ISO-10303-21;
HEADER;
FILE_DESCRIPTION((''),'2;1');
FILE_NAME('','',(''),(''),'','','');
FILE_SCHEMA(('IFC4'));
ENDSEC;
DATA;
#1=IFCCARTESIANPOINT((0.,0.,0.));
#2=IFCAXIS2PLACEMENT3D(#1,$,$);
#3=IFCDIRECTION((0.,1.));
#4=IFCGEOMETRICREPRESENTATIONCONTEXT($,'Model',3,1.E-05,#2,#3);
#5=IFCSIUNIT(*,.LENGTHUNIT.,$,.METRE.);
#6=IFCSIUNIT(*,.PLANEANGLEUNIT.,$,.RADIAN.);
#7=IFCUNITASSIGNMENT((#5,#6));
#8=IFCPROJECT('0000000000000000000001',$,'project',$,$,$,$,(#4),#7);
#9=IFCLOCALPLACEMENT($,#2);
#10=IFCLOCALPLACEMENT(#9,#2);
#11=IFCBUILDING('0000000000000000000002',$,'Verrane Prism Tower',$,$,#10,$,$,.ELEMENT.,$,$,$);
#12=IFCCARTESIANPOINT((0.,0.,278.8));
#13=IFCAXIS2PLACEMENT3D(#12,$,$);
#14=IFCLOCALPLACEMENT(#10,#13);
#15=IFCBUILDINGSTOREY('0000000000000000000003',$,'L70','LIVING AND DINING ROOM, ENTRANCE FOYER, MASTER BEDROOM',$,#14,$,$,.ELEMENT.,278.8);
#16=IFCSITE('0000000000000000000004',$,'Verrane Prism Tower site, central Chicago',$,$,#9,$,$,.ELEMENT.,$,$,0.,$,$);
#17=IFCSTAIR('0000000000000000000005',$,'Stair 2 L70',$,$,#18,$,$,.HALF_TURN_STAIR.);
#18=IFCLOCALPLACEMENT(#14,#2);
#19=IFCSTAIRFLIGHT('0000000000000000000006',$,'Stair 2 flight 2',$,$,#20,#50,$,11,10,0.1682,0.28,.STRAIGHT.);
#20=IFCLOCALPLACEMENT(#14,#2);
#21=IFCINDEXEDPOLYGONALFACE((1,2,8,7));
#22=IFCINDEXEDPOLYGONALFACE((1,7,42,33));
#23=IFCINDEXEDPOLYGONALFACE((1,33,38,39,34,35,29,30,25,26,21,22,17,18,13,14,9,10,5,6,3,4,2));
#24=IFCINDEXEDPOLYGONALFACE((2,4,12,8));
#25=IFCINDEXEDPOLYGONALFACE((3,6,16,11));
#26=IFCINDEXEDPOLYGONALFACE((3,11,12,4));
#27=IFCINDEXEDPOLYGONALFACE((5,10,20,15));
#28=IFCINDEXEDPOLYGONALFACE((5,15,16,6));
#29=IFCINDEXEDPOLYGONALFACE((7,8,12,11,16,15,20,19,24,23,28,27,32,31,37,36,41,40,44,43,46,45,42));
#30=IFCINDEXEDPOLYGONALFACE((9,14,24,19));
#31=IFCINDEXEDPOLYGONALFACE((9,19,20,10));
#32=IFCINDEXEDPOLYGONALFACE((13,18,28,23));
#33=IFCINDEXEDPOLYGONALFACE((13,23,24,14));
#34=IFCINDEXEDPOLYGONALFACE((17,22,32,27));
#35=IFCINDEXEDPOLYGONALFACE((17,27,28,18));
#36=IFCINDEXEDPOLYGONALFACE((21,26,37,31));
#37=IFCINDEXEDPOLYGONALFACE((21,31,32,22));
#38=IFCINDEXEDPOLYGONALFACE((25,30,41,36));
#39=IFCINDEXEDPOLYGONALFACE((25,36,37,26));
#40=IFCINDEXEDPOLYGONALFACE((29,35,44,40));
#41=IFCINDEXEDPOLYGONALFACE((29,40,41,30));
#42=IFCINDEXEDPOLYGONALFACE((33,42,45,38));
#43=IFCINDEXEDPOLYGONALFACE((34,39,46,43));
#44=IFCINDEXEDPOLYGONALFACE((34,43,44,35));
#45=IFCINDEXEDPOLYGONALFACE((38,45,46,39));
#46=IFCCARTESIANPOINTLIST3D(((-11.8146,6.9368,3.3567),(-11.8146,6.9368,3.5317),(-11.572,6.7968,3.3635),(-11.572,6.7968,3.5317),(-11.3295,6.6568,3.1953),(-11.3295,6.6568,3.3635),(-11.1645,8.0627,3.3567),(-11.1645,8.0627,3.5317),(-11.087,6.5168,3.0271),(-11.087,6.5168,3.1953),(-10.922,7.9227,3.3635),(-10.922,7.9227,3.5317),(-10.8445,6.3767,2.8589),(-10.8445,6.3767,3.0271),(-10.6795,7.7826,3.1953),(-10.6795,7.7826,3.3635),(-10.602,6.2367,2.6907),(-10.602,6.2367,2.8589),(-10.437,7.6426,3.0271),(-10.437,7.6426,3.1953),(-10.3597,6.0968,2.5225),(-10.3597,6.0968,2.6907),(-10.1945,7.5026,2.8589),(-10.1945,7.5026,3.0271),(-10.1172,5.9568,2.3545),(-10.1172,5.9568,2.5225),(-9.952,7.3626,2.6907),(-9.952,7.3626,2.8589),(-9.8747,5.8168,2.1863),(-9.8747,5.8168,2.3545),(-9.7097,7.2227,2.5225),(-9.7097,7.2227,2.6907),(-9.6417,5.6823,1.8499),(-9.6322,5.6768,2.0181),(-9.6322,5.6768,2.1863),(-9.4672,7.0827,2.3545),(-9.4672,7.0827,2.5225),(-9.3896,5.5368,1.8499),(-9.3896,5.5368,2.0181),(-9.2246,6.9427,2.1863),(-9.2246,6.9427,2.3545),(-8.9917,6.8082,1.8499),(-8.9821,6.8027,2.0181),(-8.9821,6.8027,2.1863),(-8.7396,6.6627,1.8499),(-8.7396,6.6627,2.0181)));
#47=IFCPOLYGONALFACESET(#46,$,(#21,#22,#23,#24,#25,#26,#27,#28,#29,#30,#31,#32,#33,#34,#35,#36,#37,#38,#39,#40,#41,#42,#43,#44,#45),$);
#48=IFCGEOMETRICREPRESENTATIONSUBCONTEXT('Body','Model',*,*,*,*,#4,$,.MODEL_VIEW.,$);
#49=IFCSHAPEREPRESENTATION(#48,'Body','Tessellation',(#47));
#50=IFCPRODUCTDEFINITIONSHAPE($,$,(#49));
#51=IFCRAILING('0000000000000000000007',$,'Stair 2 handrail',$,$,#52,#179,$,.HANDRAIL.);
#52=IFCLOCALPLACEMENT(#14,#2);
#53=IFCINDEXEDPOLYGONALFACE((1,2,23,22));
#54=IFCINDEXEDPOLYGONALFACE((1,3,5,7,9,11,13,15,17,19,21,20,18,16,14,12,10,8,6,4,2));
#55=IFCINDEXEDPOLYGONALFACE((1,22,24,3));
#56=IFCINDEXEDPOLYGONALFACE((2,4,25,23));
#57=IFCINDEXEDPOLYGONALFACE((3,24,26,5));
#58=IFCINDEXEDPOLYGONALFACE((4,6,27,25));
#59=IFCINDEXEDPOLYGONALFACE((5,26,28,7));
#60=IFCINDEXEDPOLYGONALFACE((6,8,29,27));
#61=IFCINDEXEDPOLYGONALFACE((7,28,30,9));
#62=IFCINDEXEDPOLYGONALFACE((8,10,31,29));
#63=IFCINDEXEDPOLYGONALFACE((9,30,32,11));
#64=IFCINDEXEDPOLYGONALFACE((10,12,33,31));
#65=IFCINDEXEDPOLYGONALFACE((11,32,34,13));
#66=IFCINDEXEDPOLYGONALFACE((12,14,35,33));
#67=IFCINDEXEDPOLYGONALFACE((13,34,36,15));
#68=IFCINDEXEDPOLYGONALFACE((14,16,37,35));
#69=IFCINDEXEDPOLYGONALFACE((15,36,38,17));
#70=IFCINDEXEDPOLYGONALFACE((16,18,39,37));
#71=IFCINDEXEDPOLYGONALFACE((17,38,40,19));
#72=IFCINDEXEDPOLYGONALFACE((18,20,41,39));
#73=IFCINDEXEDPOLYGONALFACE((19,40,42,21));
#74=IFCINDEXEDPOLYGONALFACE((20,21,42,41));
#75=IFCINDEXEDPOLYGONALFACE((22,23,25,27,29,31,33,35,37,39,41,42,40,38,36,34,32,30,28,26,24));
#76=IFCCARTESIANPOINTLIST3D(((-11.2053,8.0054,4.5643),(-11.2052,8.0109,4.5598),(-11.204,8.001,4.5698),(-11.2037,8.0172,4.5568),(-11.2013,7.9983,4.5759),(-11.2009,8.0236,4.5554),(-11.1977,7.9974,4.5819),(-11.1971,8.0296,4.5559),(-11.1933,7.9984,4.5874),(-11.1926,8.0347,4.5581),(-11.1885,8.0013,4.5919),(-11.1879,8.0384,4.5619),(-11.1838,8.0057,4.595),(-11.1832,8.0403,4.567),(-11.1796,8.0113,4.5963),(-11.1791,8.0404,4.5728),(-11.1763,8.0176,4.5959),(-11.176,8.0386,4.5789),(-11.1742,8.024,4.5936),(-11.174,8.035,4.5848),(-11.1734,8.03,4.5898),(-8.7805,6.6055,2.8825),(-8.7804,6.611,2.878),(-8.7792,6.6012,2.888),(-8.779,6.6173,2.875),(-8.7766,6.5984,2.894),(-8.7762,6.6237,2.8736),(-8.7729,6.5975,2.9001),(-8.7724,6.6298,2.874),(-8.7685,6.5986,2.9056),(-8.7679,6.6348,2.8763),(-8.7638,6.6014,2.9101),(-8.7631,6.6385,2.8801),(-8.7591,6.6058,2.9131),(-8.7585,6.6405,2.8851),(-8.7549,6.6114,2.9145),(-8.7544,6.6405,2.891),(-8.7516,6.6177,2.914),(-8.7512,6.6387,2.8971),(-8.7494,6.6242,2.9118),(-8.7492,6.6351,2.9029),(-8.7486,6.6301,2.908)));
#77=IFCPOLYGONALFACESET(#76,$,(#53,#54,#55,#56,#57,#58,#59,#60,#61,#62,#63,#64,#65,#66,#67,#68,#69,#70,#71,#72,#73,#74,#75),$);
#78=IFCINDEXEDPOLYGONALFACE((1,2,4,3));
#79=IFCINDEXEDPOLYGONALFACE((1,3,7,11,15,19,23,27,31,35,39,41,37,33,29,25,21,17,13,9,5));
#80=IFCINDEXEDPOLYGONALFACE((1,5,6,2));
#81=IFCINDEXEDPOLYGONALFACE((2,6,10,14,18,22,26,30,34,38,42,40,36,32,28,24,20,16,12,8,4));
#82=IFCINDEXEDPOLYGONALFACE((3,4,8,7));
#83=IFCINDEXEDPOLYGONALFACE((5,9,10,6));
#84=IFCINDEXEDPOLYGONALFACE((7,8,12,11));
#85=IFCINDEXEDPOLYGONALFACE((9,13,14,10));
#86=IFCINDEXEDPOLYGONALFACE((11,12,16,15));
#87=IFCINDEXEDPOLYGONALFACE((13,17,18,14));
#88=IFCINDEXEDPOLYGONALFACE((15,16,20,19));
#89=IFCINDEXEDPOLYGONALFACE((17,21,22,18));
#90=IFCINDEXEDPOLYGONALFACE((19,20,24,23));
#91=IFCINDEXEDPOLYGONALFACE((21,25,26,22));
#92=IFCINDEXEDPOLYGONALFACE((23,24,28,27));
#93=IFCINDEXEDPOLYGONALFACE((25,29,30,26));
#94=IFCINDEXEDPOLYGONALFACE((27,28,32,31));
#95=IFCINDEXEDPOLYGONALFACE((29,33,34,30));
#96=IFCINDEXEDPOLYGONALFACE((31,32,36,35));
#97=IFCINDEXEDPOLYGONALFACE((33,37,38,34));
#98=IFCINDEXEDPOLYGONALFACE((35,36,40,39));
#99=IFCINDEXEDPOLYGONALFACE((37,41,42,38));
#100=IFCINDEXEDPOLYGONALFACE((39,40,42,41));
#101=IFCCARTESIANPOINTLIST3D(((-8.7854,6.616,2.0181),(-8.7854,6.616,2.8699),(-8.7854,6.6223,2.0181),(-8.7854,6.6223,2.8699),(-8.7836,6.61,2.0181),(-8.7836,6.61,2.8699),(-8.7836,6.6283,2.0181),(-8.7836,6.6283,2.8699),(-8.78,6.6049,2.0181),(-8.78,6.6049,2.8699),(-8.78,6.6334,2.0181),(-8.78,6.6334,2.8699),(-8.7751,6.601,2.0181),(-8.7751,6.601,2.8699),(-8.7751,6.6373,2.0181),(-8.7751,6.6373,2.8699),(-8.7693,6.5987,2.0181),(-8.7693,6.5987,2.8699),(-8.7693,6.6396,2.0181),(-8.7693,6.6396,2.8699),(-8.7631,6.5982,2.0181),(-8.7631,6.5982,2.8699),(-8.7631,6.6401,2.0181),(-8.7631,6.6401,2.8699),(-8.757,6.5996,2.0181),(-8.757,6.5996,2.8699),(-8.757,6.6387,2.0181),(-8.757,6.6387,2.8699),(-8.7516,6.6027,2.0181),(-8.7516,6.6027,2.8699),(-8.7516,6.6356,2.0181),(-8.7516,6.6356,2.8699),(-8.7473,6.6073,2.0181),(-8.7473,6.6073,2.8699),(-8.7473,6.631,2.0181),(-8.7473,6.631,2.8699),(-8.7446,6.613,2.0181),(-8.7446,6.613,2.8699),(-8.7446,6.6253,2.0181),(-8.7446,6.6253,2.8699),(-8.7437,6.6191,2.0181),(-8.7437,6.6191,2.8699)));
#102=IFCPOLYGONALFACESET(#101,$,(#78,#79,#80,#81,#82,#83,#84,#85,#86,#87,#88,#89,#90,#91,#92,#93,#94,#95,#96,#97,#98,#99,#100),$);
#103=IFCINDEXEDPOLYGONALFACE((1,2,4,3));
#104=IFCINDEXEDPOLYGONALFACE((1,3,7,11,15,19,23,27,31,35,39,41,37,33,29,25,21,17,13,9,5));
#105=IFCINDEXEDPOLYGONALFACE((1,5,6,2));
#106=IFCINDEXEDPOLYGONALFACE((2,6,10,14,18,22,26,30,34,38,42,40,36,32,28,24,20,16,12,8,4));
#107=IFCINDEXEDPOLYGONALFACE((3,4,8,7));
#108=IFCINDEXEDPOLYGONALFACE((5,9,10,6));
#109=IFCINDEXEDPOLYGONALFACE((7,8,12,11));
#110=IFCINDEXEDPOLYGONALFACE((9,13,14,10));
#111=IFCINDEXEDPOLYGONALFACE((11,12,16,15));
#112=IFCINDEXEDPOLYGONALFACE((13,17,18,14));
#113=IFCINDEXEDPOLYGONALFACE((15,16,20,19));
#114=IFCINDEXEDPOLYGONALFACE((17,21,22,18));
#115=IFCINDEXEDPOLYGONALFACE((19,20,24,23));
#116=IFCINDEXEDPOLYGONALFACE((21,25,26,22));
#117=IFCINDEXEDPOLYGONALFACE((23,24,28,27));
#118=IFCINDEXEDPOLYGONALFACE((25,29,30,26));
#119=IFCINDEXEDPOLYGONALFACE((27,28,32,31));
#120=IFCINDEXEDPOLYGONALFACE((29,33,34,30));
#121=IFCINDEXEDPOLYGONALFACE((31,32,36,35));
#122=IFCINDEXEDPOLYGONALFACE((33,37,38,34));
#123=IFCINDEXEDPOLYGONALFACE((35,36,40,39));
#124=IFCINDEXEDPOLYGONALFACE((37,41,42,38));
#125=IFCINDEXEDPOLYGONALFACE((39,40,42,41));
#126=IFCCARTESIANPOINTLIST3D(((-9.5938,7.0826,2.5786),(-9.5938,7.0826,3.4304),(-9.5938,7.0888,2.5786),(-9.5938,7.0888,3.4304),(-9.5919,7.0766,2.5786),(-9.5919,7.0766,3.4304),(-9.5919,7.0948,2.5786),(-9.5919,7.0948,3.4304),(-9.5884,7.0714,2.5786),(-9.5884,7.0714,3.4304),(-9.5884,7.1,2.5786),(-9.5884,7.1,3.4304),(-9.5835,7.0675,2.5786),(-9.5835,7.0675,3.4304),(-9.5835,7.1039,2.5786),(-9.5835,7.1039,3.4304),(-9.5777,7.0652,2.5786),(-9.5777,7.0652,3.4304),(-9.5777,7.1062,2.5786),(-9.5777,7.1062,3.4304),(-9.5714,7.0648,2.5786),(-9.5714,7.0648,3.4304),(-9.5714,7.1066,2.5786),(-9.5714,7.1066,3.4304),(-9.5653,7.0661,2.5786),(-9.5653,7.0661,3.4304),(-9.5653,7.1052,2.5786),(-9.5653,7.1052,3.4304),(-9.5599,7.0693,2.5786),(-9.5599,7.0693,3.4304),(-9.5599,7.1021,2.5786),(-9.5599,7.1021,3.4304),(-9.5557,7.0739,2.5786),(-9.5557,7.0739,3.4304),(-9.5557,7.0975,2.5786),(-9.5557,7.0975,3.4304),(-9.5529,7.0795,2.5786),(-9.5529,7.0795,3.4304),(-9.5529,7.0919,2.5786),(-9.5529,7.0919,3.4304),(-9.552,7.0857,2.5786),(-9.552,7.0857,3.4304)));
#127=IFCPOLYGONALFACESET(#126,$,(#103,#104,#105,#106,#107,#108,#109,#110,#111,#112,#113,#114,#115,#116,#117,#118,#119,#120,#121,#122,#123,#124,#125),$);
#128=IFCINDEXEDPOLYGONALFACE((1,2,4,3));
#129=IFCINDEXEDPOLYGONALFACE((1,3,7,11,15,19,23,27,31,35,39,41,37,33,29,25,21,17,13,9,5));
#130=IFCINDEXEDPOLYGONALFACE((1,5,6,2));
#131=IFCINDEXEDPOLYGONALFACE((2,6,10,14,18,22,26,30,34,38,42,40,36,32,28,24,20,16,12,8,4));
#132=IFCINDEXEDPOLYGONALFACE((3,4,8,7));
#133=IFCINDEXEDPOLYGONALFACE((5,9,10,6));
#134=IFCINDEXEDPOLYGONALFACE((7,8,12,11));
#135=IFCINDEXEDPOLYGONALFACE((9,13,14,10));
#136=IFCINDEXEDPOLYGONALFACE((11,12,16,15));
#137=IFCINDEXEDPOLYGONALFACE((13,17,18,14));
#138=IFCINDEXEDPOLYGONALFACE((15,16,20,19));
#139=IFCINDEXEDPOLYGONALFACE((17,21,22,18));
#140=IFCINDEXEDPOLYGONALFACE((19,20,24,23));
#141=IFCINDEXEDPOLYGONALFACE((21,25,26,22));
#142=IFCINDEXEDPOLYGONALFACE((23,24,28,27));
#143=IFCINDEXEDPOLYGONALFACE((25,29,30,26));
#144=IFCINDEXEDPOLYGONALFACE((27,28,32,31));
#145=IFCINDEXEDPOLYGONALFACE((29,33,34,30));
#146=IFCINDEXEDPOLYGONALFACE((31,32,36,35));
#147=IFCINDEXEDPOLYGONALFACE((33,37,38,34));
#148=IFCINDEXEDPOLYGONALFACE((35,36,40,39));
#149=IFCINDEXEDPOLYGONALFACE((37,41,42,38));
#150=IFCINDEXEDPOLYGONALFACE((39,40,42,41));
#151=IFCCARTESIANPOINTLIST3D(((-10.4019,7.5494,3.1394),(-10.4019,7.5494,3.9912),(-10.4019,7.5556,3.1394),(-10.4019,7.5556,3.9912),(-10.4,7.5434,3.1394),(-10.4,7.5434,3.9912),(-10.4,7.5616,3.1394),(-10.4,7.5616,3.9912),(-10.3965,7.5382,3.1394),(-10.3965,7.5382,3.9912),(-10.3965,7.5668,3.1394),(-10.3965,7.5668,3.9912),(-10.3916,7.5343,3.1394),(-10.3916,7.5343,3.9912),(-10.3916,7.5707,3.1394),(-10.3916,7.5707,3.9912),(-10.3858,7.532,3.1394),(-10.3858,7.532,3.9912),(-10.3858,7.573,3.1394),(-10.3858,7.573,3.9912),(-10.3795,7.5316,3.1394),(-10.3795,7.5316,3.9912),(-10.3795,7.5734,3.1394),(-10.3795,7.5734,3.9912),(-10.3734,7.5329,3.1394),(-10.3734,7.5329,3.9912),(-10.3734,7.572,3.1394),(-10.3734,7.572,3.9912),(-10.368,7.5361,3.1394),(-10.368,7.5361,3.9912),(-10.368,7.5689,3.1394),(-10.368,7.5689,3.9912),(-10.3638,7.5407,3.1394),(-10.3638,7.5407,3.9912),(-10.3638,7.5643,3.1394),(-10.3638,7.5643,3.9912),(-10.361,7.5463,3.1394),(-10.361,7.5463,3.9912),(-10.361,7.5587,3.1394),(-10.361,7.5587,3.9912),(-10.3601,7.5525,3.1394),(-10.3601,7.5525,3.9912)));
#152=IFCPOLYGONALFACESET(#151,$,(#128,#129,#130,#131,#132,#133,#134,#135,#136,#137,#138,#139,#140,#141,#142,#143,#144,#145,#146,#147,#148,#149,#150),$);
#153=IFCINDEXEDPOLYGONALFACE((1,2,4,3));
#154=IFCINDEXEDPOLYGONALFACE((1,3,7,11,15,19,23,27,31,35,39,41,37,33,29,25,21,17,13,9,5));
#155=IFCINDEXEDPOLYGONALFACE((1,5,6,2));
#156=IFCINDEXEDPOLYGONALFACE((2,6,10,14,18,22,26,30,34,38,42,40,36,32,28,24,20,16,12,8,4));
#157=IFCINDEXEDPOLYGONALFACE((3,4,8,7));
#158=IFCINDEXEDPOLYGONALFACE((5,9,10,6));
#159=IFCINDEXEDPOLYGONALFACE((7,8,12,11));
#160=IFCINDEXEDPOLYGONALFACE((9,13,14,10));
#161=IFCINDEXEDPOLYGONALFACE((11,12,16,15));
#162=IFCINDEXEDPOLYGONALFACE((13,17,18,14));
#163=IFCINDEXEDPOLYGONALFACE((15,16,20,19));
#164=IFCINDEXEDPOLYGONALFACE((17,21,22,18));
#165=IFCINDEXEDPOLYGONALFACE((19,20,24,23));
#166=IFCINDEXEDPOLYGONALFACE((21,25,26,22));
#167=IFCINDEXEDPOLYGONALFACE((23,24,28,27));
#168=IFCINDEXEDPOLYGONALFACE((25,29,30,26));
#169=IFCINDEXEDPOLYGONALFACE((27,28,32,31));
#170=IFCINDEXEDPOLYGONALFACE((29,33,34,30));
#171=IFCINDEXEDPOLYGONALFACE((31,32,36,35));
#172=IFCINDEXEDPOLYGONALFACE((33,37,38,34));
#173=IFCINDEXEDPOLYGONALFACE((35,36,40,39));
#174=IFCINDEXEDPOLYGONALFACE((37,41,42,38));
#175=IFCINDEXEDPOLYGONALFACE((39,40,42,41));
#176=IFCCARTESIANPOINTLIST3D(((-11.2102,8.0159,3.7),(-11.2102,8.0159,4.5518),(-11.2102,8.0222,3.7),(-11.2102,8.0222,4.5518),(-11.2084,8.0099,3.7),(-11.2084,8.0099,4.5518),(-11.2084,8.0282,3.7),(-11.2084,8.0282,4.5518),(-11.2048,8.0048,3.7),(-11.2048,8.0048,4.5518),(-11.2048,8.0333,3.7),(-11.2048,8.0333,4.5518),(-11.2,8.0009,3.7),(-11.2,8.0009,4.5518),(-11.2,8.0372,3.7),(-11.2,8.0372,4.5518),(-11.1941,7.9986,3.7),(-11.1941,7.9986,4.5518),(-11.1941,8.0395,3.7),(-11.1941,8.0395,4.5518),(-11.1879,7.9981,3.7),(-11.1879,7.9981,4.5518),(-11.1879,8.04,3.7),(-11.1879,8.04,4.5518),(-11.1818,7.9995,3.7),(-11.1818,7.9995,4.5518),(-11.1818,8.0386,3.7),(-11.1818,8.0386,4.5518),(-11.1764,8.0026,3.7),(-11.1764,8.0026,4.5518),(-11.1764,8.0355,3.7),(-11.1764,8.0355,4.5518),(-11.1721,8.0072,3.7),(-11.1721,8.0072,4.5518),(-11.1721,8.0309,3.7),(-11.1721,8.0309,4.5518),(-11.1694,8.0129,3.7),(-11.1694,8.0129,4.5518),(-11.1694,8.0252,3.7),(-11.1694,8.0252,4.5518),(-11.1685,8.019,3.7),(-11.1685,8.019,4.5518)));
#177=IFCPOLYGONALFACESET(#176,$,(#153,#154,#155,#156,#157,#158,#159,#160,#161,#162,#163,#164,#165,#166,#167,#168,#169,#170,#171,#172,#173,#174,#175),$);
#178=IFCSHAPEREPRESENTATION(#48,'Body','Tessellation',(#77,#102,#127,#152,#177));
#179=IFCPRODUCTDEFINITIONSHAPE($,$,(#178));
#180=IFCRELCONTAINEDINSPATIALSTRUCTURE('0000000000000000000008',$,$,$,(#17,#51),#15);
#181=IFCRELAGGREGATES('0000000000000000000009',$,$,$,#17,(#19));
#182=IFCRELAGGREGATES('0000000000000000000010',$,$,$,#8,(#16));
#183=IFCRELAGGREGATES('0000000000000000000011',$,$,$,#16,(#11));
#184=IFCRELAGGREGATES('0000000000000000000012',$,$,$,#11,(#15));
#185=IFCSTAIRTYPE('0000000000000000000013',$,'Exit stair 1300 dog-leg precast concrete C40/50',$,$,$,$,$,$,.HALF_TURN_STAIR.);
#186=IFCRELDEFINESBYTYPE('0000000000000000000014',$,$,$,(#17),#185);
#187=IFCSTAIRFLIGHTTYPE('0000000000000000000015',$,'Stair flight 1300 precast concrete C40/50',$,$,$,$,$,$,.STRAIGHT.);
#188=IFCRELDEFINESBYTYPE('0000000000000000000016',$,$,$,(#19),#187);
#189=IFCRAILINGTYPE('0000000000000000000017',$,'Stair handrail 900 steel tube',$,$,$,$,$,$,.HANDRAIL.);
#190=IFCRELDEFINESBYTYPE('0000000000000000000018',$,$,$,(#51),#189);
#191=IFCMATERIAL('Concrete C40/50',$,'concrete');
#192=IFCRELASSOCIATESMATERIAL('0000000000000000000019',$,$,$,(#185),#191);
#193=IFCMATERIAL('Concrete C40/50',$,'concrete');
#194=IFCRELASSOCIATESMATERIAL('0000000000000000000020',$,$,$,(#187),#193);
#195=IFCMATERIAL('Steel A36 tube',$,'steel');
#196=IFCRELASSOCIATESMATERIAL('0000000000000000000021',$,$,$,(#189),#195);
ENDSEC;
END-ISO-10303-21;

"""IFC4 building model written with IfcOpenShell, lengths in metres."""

from ifc_helpers import new_model, si_unit, direction, frame, origin, origin_2d, place, context, subcontext, project, spatial, polyline, circle, outline, extrude, material, type_object, element, aggregate, save


model = new_model("IFC4")

# Units and contexts
model_context = context("Model", 3, precision=1e-05, world=origin(), true_north=direction((0.0, 1.0)))
body_context = subcontext(model_context, "Body", "Model", "MODEL_VIEW")
ifc_project = project(units=[si_unit("LENGTHUNIT", "METRE"), si_unit("PLANEANGLEUNIT", "RADIAN")], contexts=[model_context])

# Site, building, storey
site_placement = place(None, origin())
site = spatial("IfcSite", under=ifc_project, at=site_placement, Name="Verrane Prism Tower site, central Chicago", CompositionType="ELEMENT", RefElevation=0.0)
building_placement = place(site_placement, origin())
building = spatial("IfcBuilding", under=site, at=building_placement, Name="Verrane Prism Tower", CompositionType="ELEMENT")
storey_placement = place(building_placement, frame((0.0, 0.0, 278.8)))
storey = spatial("IfcBuildingStorey", under=building, at=storey_placement, Name="L70", Description="LIVING AND DINING ROOM, ENTRANCE FOYER, MASTER BEDROOM", CompositionType="ELEMENT", Elevation=278.8)

# Stair, stair flight
ifc_material_1 = material(Name="Concrete C40/50", Category="concrete")
stair_type = type_object("IfcStairType", Name="Exit stair 1300 dog-leg precast concrete C40/50", PredefinedType="HALF_TURN_STAIR", material=ifc_material_1)
stair_placement = place(storey_placement, origin())
stair = element("IfcStair", 1, at=stair_placement, inside=storey, type_object=stair_type, Name="Stair 2 L70", PredefinedType="HALF_TURN_STAIR")
ifc_material_2 = material(Name="Concrete C40/50", Category="concrete")
stair_flight_type = type_object("IfcStairFlightType", Name="Stair flight 1300 precast concrete C40/50", PredefinedType="STRAIGHT", material=ifc_material_2)
stair_flight_1_placement = place(storey_placement, frame((-9.0647, 6.0996, 1.8499), z_axis=(0.0, 0.0, 1.0), x_axis=(-0.866025, 0.5, 0.0)))
stair_flight_1 = element("IfcStairFlight", 2, at=stair_flight_1_placement, type_object=stair_flight_type, Name="Stair 2 flight 2", NumberOfRisers=11, NumberOfTreads=10, PredefinedType="STRAIGHT", RiserHeight=0.1682, TreadLength=0.28, context=body_context, shape_type="SweptSolid", body=[
    extrude(outline(polyline([(0.0, 0.0), (0.0, 0.1682), (0.28, 0.1682), (0.28, 0.3364), (0.5601, 0.3364), (0.5601, 0.5046), (0.8401, 0.5046), (0.8401, 0.6726), (1.1201, 0.6726), (1.1201, 0.8408), (1.3999, 0.8408), (1.3999, 1.009), (1.6799, 1.009), (1.6799, 1.1772), (1.96, 1.1772), (1.96, 1.3455), (2.24, 1.3455), (2.24, 1.5137), (2.52, 1.5137), (2.52, 1.6819), (2.8, 1.6819), (2.8, 1.8501), (2.8, 1.5068), (0.291, 0.0), (0.0, 0.0)])), frame((0.0, 0.6499, 0.0), z_axis=(0.0, -1.0, 0.0), x_axis=(1.0, 0.0, 0.0)), (0.0, 0.0, 1.0), 1.3),
])
aggregate(stair, [stair_flight_1])

# Railing
ifc_material_3 = material(Name="Steel A36 tube", Category="steel")
railing_type_1 = type_object("IfcRailingType", Name="Stair handrail 900 steel tube", PredefinedType="HANDRAIL", material=ifc_material_3)
railing_1_placement = place(storey_placement, frame((-8.7646, 6.6191, 2.0181)))
element("IfcRailing", 3, at=railing_1_placement, inside=storey, type_object=railing_type_1, Name="Stair 2 handrail", PredefinedType="HANDRAIL", context=body_context, shape_type="SweptSolid", body=[
    extrude(circle(Radius=0.0239, at=origin_2d()), frame((0.0, 0.0, 0.876), z_axis=(-0.74239, 0.428601, 0.514934), x_axis=(-0.499984, -0.866035, 0.0)), (0.0, 0.0, 1.0), 3.2661),
    extrude(circle(Radius=0.021, at=origin_2d()), origin(), (0.0, 0.0, 1.0), 0.8518),
    extrude(circle(Radius=0.021, at=origin_2d()), frame((-0.8083, 0.4666, 0.5605)), (0.0, 0.0, 1.0), 0.8518),
    extrude(circle(Radius=0.021, at=origin_2d()), frame((-1.6165, 0.9333, 1.1213)), (0.0, 0.0, 1.0), 0.8518),
    extrude(circle(Radius=0.021, at=origin_2d()), frame((-2.4248, 1.3999, 1.6819)), (0.0, 0.0, 1.0), 0.8518),
])

save(model, "model.ifc")
